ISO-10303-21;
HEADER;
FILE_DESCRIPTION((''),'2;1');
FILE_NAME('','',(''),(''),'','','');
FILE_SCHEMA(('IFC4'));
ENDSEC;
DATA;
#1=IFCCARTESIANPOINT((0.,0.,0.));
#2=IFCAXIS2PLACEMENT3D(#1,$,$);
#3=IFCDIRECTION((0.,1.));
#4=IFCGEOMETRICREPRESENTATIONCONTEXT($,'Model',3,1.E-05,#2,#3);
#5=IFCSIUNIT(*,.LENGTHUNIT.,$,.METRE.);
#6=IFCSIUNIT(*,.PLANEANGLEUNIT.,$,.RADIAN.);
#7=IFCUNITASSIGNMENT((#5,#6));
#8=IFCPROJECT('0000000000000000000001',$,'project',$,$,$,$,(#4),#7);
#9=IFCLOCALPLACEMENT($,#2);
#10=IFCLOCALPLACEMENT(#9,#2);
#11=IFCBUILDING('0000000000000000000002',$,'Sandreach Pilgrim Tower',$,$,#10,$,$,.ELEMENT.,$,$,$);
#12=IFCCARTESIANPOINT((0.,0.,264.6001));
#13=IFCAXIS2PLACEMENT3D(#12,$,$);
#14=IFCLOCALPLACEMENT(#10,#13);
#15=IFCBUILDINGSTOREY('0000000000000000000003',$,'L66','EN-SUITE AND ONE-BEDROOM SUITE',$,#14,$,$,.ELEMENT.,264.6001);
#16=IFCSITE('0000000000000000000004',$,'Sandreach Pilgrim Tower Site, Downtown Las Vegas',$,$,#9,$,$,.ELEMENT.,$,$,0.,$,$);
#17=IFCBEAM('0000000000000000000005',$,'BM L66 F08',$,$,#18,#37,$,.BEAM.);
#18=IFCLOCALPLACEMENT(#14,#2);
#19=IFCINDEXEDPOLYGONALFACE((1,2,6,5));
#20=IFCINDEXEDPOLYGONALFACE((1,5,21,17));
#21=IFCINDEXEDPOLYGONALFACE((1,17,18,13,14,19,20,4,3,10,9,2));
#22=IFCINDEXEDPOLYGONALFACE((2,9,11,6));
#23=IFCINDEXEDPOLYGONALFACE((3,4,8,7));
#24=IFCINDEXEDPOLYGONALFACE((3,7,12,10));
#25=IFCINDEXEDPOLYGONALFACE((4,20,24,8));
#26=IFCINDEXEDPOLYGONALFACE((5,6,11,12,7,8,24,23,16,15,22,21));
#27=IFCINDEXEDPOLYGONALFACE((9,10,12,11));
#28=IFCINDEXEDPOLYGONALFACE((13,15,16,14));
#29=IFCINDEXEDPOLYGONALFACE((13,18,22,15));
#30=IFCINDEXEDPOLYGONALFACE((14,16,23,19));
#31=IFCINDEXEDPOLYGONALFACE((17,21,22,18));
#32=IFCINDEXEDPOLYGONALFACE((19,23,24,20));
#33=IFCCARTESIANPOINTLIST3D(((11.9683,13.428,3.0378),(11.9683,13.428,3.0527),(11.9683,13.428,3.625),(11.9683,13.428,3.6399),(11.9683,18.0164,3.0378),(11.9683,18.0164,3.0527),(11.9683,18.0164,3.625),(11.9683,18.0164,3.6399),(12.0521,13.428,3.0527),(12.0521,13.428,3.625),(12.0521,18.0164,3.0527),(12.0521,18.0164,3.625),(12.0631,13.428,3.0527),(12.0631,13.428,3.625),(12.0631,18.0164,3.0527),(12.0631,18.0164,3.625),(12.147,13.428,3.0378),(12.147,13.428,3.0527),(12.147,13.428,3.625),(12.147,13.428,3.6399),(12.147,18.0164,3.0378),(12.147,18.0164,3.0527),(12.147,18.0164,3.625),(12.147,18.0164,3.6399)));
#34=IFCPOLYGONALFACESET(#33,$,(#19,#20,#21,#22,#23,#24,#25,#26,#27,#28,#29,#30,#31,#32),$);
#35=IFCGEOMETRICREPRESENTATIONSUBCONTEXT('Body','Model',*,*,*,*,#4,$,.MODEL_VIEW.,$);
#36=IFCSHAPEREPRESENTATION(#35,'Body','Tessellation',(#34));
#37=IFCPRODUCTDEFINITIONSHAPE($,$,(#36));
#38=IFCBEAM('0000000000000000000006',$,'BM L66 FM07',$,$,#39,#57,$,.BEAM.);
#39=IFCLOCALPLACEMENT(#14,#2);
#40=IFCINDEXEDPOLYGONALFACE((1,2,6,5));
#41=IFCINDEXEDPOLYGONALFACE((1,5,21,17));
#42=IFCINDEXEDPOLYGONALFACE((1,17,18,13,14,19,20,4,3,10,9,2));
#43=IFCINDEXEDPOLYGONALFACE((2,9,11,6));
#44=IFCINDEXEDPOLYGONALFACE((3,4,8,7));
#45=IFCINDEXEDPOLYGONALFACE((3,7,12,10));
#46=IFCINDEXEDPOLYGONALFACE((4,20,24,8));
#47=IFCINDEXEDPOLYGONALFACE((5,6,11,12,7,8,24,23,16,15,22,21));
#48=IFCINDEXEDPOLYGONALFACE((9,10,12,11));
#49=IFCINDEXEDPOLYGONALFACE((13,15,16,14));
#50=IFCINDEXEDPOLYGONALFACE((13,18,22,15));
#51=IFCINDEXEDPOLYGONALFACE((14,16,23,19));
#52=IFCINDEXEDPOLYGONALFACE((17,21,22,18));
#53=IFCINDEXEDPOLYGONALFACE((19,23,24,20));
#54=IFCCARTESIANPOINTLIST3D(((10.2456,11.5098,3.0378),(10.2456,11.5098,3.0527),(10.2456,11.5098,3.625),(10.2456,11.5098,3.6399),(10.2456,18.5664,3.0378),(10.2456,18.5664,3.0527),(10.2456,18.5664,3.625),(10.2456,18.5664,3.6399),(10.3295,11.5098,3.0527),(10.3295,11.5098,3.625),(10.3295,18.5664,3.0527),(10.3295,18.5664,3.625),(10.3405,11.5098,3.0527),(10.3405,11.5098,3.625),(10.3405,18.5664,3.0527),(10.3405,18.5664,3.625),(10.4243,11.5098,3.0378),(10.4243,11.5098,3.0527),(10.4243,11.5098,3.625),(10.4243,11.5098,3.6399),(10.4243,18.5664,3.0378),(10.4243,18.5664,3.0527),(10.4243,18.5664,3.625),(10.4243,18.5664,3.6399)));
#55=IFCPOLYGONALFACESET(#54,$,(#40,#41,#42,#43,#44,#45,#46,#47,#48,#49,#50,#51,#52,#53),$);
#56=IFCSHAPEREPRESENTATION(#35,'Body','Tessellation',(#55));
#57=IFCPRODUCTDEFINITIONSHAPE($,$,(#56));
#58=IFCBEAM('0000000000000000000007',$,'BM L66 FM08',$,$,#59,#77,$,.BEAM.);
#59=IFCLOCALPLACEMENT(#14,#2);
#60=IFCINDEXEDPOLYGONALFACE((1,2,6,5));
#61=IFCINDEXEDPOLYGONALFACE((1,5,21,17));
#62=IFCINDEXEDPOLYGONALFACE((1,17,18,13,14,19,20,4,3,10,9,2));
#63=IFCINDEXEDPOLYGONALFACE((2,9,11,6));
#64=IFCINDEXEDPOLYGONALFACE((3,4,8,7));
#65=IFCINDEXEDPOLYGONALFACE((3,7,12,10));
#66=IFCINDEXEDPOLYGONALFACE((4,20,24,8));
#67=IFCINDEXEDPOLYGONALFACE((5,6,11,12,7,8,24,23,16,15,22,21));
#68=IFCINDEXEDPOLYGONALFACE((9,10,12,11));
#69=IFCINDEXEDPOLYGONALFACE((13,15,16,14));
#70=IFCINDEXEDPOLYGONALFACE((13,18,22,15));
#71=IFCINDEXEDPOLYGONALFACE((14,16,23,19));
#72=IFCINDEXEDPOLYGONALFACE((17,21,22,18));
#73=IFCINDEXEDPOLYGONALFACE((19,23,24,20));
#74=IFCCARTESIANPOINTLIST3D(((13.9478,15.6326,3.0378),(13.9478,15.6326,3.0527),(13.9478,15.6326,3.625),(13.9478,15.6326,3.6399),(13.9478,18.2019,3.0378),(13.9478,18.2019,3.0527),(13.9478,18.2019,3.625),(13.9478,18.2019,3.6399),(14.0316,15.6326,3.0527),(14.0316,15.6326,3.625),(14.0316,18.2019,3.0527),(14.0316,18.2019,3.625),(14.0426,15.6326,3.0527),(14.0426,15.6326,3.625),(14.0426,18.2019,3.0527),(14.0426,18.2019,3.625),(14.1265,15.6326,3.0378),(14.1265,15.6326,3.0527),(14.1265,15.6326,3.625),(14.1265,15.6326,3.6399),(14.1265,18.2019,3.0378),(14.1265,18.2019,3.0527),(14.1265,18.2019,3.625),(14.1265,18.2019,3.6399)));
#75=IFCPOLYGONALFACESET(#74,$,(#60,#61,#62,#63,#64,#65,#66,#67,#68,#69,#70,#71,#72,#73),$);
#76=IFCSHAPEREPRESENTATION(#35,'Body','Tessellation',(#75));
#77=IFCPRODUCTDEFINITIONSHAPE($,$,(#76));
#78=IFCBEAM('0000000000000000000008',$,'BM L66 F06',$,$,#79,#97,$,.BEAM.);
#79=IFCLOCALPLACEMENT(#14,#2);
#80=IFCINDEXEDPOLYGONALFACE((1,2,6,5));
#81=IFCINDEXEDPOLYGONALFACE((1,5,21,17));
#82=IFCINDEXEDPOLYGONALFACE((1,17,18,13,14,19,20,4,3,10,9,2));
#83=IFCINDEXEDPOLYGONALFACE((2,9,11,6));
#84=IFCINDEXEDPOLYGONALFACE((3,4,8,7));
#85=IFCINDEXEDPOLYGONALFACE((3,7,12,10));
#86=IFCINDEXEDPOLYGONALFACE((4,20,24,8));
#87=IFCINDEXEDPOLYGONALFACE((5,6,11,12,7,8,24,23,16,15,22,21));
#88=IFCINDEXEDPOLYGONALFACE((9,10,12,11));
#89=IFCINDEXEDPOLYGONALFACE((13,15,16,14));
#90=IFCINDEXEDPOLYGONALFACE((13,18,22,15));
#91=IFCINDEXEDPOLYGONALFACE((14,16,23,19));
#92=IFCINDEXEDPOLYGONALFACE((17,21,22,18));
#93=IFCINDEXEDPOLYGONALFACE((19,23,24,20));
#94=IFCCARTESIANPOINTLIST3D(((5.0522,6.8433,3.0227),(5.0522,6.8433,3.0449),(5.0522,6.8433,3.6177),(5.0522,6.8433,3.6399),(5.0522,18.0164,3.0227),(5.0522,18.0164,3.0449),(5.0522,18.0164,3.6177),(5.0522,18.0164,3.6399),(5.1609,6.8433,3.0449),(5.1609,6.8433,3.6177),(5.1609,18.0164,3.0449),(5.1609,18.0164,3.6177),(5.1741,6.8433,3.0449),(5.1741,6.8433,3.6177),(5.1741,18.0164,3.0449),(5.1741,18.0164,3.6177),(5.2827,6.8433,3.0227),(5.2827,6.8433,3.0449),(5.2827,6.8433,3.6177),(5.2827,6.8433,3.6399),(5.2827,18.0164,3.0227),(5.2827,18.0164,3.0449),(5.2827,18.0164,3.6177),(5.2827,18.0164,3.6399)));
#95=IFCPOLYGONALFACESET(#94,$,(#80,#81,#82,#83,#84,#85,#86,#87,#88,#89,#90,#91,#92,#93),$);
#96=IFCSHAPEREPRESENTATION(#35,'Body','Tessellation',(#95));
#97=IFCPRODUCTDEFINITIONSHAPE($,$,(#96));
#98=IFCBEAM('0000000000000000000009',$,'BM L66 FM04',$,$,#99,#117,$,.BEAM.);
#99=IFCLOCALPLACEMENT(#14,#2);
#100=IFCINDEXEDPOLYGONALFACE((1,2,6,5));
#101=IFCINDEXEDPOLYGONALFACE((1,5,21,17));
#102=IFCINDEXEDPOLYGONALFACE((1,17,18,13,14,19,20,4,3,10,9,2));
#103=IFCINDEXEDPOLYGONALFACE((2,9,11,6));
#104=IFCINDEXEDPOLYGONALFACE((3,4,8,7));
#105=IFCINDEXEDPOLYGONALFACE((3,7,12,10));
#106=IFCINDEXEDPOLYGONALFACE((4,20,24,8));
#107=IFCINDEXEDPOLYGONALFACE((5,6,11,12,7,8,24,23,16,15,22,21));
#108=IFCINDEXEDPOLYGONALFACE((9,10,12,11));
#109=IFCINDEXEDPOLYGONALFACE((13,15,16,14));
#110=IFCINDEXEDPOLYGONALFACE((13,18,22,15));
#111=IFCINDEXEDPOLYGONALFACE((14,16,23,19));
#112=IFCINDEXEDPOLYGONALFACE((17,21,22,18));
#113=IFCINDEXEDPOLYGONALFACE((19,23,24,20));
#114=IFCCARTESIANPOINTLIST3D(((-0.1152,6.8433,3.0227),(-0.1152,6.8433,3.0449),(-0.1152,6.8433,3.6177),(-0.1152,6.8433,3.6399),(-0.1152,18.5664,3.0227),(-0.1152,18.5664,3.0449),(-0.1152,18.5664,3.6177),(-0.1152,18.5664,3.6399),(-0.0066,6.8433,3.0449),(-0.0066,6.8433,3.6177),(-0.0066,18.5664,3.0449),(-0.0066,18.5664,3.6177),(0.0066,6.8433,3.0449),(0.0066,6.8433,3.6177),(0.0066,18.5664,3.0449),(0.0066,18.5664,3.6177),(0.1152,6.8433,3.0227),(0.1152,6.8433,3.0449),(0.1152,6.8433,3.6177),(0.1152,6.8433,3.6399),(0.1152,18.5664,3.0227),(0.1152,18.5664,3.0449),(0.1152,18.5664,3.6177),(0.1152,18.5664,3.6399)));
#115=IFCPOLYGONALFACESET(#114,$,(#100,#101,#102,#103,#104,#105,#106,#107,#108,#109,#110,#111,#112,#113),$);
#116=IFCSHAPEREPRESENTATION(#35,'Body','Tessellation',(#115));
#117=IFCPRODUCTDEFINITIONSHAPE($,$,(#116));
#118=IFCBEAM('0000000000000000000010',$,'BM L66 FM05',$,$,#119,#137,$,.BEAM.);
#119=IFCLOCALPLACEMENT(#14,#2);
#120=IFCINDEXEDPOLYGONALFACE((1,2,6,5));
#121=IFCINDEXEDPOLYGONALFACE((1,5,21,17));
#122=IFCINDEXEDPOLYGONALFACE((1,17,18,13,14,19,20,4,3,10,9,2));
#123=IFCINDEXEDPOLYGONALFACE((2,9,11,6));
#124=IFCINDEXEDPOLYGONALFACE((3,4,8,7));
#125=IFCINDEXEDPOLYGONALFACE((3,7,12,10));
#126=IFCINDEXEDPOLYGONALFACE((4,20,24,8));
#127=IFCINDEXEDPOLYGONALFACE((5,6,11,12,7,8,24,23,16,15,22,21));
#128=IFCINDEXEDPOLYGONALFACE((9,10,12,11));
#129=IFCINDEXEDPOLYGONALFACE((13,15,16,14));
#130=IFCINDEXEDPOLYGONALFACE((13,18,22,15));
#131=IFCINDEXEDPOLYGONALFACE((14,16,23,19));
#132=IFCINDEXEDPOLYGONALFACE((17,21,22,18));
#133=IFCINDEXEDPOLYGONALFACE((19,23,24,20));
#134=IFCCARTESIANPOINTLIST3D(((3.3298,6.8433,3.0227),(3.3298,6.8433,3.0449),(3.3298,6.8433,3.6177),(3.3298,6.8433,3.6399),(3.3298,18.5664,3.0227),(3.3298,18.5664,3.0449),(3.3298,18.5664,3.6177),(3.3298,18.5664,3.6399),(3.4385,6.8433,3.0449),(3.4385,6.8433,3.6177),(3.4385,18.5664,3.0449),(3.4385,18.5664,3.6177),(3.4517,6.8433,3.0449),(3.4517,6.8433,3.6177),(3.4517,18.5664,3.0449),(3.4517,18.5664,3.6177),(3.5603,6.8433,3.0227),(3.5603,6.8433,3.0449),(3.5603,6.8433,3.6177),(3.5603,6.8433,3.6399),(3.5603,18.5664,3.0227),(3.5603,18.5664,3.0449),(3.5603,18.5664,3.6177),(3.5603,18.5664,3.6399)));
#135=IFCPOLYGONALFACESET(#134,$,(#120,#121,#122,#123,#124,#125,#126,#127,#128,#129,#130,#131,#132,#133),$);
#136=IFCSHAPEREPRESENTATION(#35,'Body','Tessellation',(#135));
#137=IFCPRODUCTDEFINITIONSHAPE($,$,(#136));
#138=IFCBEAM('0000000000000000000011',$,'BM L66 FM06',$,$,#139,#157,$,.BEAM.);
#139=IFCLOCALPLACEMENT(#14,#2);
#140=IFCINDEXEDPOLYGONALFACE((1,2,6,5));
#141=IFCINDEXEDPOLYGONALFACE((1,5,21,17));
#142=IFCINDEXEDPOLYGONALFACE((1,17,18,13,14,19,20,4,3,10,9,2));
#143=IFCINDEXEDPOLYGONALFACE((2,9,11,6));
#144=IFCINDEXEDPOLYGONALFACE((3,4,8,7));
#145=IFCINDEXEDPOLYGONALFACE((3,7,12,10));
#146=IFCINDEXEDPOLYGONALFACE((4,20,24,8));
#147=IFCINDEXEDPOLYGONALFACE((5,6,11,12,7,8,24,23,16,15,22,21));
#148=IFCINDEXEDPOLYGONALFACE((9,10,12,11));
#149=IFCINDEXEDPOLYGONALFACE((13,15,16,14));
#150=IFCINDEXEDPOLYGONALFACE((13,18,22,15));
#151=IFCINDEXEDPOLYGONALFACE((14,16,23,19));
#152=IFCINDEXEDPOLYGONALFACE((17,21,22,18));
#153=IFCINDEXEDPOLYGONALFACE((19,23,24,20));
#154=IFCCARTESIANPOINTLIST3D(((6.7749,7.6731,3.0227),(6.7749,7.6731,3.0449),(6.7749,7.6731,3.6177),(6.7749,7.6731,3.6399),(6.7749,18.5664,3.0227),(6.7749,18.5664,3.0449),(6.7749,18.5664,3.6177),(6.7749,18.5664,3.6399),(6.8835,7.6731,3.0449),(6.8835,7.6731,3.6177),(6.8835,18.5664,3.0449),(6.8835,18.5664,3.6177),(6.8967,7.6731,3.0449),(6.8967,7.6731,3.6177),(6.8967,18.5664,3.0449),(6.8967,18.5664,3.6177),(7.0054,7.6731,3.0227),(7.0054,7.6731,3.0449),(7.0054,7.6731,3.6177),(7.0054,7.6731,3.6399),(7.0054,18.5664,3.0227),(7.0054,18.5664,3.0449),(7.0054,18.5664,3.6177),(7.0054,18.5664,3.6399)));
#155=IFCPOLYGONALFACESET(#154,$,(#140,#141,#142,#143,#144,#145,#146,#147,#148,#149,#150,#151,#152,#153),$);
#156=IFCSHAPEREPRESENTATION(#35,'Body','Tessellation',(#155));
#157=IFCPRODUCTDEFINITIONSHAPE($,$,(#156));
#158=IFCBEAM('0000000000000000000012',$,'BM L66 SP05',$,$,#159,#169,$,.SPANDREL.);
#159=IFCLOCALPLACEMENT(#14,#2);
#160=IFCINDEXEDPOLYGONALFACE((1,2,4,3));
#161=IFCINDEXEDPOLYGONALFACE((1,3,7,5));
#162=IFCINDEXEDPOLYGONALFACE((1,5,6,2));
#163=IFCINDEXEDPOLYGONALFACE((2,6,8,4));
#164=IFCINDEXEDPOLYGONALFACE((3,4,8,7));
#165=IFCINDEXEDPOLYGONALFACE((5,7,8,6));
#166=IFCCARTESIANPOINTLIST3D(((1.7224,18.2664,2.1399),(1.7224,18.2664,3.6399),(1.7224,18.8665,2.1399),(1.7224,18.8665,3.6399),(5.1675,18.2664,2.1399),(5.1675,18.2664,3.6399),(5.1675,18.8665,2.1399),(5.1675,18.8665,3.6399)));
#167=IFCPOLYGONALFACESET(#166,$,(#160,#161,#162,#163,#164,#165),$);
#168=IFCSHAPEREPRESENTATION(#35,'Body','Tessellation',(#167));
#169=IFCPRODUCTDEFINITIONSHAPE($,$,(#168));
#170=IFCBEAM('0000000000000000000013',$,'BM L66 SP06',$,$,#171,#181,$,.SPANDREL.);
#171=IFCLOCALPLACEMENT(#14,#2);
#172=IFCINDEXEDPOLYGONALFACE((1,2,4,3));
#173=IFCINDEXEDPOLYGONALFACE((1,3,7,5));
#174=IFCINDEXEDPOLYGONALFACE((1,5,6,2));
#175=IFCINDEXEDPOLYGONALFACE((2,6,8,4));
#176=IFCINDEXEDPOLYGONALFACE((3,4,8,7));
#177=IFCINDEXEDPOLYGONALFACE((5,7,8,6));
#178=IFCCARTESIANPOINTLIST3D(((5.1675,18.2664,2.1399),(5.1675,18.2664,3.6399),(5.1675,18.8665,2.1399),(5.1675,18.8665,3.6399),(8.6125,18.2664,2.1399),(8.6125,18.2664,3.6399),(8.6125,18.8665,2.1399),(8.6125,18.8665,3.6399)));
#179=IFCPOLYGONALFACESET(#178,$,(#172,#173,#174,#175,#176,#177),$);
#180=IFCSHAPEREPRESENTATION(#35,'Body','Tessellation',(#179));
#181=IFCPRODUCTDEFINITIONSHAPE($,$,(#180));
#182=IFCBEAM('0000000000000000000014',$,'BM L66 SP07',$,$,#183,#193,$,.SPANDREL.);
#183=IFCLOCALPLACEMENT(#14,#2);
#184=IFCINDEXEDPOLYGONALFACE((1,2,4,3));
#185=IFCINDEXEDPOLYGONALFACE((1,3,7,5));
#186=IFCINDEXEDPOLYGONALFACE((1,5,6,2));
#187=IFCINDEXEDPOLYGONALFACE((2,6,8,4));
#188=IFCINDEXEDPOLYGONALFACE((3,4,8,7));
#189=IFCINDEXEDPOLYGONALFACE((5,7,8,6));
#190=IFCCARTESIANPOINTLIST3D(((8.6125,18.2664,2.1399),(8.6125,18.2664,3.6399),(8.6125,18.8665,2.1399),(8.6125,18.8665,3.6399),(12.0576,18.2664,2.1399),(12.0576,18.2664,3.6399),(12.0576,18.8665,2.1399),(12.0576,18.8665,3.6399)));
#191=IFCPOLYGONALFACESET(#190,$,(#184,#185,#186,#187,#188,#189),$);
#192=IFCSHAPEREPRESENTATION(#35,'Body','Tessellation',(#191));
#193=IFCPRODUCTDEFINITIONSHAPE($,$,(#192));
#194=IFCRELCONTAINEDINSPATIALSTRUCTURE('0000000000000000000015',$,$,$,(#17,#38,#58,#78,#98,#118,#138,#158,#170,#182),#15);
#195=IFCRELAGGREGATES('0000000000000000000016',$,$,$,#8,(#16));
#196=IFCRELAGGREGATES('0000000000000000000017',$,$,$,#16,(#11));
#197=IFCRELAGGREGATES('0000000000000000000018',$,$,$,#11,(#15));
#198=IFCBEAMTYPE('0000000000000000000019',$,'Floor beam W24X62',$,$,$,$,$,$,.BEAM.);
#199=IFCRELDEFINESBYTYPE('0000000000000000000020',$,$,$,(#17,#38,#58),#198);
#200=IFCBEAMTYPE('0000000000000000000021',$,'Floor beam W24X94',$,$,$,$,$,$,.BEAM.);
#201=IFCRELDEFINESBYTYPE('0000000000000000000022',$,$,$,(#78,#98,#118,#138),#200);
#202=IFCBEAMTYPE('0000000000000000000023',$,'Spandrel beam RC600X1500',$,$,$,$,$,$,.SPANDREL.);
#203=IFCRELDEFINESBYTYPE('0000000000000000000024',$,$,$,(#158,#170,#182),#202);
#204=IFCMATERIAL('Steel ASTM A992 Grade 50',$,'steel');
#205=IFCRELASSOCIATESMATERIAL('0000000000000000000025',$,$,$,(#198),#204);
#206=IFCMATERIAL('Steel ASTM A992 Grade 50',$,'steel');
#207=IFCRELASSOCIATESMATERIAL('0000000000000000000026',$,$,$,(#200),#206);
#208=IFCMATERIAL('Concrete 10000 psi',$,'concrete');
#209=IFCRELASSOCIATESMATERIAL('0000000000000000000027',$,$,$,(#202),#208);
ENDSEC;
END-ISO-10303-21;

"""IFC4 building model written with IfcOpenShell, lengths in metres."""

from ifc_helpers import new_model, si_unit, direction, frame, origin, origin_2d, place, context, subcontext, project, spatial, rectangle, i_section, extrude, material, material_profile, profile_set, type_object, element, save


model = new_model("IFC4")

# Units and contexts
model_context = context("Model", 3, precision=1e-05, world=origin(), true_north=direction((0.0, 1.0)))
body_context = subcontext(model_context, "Body", "Model", "MODEL_VIEW")
ifc_project = project(units=[si_unit("LENGTHUNIT", "METRE"), si_unit("PLANEANGLEUNIT", "RADIAN")], contexts=[model_context])

# Site, building, storey
site_placement = place(None, origin())
site = spatial("IfcSite", under=ifc_project, at=site_placement, Name="Sandreach Pilgrim Tower Site, Downtown Las Vegas", CompositionType="ELEMENT", RefElevation=0.0)
building_placement = place(site_placement, origin())
building = spatial("IfcBuilding", under=site, at=building_placement, Name="Sandreach Pilgrim Tower", CompositionType="ELEMENT")
storey_placement = place(building_placement, frame((0.0, 0.0, 264.6001)))
storey = spatial("IfcBuildingStorey", under=building, at=storey_placement, Name="L66", Description="EN-SUITE AND ONE-BEDROOM SUITE", CompositionType="ELEMENT", Elevation=264.6001)

# Beams
ifc_material_1 = material(Name="Steel ASTM A992 Grade 50", Category="steel")
ifc_material_profile_1 = material_profile(ifc_material_1, i_section(OverallWidth=0.1787, OverallDepth=0.6021, WebThickness=0.011, FlangeThickness=0.0149, at=origin_2d()), Name="W24X62")
ifc_profile_set_1 = profile_set([ifc_material_profile_1], Name="Steel ASTM A992 Grade 50")
beam_type_1 = type_object("IfcBeamType", Name="Floor beam W24X62", PredefinedType="BEAM", material=ifc_profile_set_1)
beam_1_placement = place(storey_placement, frame((12.0576, 18.0164, 3.3389), z_axis=(0.0, -1.0, 0.0), x_axis=(1.0, 0.0, 0.0)))
element("IfcBeam", 1, at=beam_1_placement, inside=storey, type_object=beam_type_1, Name="BM L66 F08", PredefinedType="BEAM", context=body_context, shape_type="SweptSolid", body=[
    extrude(i_section(OverallWidth=0.1787, OverallDepth=0.6021, WebThickness=0.011, FlangeThickness=0.0149, at=origin_2d()), origin(), (0.0, 0.0, 1.0), 4.5884),
])
beam_2_placement = place(storey_placement, frame((10.335, 18.5664, 3.3389), z_axis=(0.0, -1.0, 0.0), x_axis=(1.0, 0.0, 0.0)))
element("IfcBeam", 2, at=beam_2_placement, inside=storey, type_object=beam_type_1, Name="BM L66 FM07", PredefinedType="BEAM", context=body_context, shape_type="SweptSolid", body=[
    extrude(i_section(OverallWidth=0.1787, OverallDepth=0.6021, WebThickness=0.011, FlangeThickness=0.0149, at=origin_2d()), origin(), (0.0, 0.0, 1.0), 7.0566),
])
beam_3_placement = place(storey_placement, frame((14.0371, 18.2019, 3.3389), z_axis=(0.0, -1.0, 0.0), x_axis=(1.0, 0.0, 0.0)))
element("IfcBeam", 3, at=beam_3_placement, inside=storey, type_object=beam_type_1, Name="BM L66 FM08", PredefinedType="BEAM", context=body_context, shape_type="SweptSolid", body=[
    extrude(i_section(OverallWidth=0.1787, OverallDepth=0.6021, WebThickness=0.011, FlangeThickness=0.0149, at=origin_2d()), origin(), (0.0, 0.0, 1.0), 2.5693),
])
ifc_material_2 = material(Name="Steel ASTM A992 Grade 50", Category="steel")
ifc_material_profile_2 = material_profile(ifc_material_2, i_section(OverallWidth=0.2305, OverallDepth=0.6172, WebThickness=0.0132, FlangeThickness=0.0222, at=origin_2d()), Name="W24X94")
ifc_profile_set_2 = profile_set([ifc_material_profile_2], Name="Steel ASTM A992 Grade 50")
beam_type_2 = type_object("IfcBeamType", Name="Floor beam W24X94", PredefinedType="BEAM", material=ifc_profile_set_2)
beam_4_placement = place(storey_placement, frame((5.1675, 18.0164, 3.3313), z_axis=(0.0, -1.0, 0.0), x_axis=(1.0, 0.0, 0.0)))
element("IfcBeam", 4, at=beam_4_placement, inside=storey, type_object=beam_type_2, Name="BM L66 F06", PredefinedType="BEAM", context=body_context, shape_type="SweptSolid", body=[
    extrude(i_section(OverallWidth=0.2305, OverallDepth=0.6172, WebThickness=0.0132, FlangeThickness=0.0222, at=origin_2d()), origin(), (0.0, 0.0, 1.0), 11.1731),
])
for number, where, z_axis, x_axis, name in (
    (5, (0.0, 18.5664, 3.3313), (0.0, -1.0, 0.0), (1.0, 0.0, 0.0), "BM L66 FM04"),
    (6, (3.4451, 18.5664, 3.3313), (0.0, -1.0, 0.0), (1.0, 0.0, 0.0), "BM L66 FM05"),
):
    element("IfcBeam", number, at=place(storey_placement, frame(where, z_axis=z_axis, x_axis=x_axis)), inside=storey, type_object=beam_type_2, Name=name, PredefinedType="BEAM", context=body_context, shape_type="SweptSolid", body=[
        extrude(i_section(OverallWidth=0.2305, OverallDepth=0.6172, WebThickness=0.0132, FlangeThickness=0.0222, at=origin_2d()), origin(), (0.0, 0.0, 1.0), 11.7231),
    ])
beam_5_placement = place(storey_placement, frame((6.8901, 18.5664, 3.3313), z_axis=(0.0, -1.0, 0.0), x_axis=(1.0, 0.0, 0.0)))
element("IfcBeam", 7, at=beam_5_placement, inside=storey, type_object=beam_type_2, Name="BM L66 FM06", PredefinedType="BEAM", context=body_context, shape_type="SweptSolid", body=[
    extrude(i_section(OverallWidth=0.2305, OverallDepth=0.6172, WebThickness=0.0132, FlangeThickness=0.0222, at=origin_2d()), origin(), (0.0, 0.0, 1.0), 10.8933),
])
ifc_material_3 = material(Name="Concrete 10000 psi", Category="concrete")
ifc_material_profile_3 = material_profile(ifc_material_3, rectangle(XDim=0.6001, YDim=1.5, at=origin_2d()), Name="RC600X1500")
ifc_profile_set_3 = profile_set([ifc_material_profile_3], Name="Concrete 10000 psi")
beam_type_3 = type_object("IfcBeamType", Name="Spandrel beam RC600X1500", PredefinedType="SPANDREL", material=ifc_profile_set_3)
for number, where, z_axis, x_axis, name in (
    (8, (1.7224, 18.5664, 2.8899), (1.0, 0.0, 0.0), (0.0, 1.0, 0.0), "BM L66 SP05"),
    (9, (5.1675, 18.5664, 2.8899), (1.0, 0.0, 0.0), (0.0, 1.0, 0.0), "BM L66 SP06"),
    (10, (8.6125, 18.5664, 2.8899), (1.0, 0.0, 0.0), (0.0, 1.0, 0.0), "BM L66 SP07"),
):
    element("IfcBeam", number, at=place(storey_placement, frame(where, z_axis=z_axis, x_axis=x_axis)), inside=storey, type_object=beam_type_3, Name=name, PredefinedType="SPANDREL", context=body_context, shape_type="SweptSolid", body=[
        extrude(rectangle(XDim=0.6001, YDim=1.5, at=origin_2d()), origin(), (0.0, 0.0, 1.0), 3.4451),
    ])

save(model, "model.ifc")
